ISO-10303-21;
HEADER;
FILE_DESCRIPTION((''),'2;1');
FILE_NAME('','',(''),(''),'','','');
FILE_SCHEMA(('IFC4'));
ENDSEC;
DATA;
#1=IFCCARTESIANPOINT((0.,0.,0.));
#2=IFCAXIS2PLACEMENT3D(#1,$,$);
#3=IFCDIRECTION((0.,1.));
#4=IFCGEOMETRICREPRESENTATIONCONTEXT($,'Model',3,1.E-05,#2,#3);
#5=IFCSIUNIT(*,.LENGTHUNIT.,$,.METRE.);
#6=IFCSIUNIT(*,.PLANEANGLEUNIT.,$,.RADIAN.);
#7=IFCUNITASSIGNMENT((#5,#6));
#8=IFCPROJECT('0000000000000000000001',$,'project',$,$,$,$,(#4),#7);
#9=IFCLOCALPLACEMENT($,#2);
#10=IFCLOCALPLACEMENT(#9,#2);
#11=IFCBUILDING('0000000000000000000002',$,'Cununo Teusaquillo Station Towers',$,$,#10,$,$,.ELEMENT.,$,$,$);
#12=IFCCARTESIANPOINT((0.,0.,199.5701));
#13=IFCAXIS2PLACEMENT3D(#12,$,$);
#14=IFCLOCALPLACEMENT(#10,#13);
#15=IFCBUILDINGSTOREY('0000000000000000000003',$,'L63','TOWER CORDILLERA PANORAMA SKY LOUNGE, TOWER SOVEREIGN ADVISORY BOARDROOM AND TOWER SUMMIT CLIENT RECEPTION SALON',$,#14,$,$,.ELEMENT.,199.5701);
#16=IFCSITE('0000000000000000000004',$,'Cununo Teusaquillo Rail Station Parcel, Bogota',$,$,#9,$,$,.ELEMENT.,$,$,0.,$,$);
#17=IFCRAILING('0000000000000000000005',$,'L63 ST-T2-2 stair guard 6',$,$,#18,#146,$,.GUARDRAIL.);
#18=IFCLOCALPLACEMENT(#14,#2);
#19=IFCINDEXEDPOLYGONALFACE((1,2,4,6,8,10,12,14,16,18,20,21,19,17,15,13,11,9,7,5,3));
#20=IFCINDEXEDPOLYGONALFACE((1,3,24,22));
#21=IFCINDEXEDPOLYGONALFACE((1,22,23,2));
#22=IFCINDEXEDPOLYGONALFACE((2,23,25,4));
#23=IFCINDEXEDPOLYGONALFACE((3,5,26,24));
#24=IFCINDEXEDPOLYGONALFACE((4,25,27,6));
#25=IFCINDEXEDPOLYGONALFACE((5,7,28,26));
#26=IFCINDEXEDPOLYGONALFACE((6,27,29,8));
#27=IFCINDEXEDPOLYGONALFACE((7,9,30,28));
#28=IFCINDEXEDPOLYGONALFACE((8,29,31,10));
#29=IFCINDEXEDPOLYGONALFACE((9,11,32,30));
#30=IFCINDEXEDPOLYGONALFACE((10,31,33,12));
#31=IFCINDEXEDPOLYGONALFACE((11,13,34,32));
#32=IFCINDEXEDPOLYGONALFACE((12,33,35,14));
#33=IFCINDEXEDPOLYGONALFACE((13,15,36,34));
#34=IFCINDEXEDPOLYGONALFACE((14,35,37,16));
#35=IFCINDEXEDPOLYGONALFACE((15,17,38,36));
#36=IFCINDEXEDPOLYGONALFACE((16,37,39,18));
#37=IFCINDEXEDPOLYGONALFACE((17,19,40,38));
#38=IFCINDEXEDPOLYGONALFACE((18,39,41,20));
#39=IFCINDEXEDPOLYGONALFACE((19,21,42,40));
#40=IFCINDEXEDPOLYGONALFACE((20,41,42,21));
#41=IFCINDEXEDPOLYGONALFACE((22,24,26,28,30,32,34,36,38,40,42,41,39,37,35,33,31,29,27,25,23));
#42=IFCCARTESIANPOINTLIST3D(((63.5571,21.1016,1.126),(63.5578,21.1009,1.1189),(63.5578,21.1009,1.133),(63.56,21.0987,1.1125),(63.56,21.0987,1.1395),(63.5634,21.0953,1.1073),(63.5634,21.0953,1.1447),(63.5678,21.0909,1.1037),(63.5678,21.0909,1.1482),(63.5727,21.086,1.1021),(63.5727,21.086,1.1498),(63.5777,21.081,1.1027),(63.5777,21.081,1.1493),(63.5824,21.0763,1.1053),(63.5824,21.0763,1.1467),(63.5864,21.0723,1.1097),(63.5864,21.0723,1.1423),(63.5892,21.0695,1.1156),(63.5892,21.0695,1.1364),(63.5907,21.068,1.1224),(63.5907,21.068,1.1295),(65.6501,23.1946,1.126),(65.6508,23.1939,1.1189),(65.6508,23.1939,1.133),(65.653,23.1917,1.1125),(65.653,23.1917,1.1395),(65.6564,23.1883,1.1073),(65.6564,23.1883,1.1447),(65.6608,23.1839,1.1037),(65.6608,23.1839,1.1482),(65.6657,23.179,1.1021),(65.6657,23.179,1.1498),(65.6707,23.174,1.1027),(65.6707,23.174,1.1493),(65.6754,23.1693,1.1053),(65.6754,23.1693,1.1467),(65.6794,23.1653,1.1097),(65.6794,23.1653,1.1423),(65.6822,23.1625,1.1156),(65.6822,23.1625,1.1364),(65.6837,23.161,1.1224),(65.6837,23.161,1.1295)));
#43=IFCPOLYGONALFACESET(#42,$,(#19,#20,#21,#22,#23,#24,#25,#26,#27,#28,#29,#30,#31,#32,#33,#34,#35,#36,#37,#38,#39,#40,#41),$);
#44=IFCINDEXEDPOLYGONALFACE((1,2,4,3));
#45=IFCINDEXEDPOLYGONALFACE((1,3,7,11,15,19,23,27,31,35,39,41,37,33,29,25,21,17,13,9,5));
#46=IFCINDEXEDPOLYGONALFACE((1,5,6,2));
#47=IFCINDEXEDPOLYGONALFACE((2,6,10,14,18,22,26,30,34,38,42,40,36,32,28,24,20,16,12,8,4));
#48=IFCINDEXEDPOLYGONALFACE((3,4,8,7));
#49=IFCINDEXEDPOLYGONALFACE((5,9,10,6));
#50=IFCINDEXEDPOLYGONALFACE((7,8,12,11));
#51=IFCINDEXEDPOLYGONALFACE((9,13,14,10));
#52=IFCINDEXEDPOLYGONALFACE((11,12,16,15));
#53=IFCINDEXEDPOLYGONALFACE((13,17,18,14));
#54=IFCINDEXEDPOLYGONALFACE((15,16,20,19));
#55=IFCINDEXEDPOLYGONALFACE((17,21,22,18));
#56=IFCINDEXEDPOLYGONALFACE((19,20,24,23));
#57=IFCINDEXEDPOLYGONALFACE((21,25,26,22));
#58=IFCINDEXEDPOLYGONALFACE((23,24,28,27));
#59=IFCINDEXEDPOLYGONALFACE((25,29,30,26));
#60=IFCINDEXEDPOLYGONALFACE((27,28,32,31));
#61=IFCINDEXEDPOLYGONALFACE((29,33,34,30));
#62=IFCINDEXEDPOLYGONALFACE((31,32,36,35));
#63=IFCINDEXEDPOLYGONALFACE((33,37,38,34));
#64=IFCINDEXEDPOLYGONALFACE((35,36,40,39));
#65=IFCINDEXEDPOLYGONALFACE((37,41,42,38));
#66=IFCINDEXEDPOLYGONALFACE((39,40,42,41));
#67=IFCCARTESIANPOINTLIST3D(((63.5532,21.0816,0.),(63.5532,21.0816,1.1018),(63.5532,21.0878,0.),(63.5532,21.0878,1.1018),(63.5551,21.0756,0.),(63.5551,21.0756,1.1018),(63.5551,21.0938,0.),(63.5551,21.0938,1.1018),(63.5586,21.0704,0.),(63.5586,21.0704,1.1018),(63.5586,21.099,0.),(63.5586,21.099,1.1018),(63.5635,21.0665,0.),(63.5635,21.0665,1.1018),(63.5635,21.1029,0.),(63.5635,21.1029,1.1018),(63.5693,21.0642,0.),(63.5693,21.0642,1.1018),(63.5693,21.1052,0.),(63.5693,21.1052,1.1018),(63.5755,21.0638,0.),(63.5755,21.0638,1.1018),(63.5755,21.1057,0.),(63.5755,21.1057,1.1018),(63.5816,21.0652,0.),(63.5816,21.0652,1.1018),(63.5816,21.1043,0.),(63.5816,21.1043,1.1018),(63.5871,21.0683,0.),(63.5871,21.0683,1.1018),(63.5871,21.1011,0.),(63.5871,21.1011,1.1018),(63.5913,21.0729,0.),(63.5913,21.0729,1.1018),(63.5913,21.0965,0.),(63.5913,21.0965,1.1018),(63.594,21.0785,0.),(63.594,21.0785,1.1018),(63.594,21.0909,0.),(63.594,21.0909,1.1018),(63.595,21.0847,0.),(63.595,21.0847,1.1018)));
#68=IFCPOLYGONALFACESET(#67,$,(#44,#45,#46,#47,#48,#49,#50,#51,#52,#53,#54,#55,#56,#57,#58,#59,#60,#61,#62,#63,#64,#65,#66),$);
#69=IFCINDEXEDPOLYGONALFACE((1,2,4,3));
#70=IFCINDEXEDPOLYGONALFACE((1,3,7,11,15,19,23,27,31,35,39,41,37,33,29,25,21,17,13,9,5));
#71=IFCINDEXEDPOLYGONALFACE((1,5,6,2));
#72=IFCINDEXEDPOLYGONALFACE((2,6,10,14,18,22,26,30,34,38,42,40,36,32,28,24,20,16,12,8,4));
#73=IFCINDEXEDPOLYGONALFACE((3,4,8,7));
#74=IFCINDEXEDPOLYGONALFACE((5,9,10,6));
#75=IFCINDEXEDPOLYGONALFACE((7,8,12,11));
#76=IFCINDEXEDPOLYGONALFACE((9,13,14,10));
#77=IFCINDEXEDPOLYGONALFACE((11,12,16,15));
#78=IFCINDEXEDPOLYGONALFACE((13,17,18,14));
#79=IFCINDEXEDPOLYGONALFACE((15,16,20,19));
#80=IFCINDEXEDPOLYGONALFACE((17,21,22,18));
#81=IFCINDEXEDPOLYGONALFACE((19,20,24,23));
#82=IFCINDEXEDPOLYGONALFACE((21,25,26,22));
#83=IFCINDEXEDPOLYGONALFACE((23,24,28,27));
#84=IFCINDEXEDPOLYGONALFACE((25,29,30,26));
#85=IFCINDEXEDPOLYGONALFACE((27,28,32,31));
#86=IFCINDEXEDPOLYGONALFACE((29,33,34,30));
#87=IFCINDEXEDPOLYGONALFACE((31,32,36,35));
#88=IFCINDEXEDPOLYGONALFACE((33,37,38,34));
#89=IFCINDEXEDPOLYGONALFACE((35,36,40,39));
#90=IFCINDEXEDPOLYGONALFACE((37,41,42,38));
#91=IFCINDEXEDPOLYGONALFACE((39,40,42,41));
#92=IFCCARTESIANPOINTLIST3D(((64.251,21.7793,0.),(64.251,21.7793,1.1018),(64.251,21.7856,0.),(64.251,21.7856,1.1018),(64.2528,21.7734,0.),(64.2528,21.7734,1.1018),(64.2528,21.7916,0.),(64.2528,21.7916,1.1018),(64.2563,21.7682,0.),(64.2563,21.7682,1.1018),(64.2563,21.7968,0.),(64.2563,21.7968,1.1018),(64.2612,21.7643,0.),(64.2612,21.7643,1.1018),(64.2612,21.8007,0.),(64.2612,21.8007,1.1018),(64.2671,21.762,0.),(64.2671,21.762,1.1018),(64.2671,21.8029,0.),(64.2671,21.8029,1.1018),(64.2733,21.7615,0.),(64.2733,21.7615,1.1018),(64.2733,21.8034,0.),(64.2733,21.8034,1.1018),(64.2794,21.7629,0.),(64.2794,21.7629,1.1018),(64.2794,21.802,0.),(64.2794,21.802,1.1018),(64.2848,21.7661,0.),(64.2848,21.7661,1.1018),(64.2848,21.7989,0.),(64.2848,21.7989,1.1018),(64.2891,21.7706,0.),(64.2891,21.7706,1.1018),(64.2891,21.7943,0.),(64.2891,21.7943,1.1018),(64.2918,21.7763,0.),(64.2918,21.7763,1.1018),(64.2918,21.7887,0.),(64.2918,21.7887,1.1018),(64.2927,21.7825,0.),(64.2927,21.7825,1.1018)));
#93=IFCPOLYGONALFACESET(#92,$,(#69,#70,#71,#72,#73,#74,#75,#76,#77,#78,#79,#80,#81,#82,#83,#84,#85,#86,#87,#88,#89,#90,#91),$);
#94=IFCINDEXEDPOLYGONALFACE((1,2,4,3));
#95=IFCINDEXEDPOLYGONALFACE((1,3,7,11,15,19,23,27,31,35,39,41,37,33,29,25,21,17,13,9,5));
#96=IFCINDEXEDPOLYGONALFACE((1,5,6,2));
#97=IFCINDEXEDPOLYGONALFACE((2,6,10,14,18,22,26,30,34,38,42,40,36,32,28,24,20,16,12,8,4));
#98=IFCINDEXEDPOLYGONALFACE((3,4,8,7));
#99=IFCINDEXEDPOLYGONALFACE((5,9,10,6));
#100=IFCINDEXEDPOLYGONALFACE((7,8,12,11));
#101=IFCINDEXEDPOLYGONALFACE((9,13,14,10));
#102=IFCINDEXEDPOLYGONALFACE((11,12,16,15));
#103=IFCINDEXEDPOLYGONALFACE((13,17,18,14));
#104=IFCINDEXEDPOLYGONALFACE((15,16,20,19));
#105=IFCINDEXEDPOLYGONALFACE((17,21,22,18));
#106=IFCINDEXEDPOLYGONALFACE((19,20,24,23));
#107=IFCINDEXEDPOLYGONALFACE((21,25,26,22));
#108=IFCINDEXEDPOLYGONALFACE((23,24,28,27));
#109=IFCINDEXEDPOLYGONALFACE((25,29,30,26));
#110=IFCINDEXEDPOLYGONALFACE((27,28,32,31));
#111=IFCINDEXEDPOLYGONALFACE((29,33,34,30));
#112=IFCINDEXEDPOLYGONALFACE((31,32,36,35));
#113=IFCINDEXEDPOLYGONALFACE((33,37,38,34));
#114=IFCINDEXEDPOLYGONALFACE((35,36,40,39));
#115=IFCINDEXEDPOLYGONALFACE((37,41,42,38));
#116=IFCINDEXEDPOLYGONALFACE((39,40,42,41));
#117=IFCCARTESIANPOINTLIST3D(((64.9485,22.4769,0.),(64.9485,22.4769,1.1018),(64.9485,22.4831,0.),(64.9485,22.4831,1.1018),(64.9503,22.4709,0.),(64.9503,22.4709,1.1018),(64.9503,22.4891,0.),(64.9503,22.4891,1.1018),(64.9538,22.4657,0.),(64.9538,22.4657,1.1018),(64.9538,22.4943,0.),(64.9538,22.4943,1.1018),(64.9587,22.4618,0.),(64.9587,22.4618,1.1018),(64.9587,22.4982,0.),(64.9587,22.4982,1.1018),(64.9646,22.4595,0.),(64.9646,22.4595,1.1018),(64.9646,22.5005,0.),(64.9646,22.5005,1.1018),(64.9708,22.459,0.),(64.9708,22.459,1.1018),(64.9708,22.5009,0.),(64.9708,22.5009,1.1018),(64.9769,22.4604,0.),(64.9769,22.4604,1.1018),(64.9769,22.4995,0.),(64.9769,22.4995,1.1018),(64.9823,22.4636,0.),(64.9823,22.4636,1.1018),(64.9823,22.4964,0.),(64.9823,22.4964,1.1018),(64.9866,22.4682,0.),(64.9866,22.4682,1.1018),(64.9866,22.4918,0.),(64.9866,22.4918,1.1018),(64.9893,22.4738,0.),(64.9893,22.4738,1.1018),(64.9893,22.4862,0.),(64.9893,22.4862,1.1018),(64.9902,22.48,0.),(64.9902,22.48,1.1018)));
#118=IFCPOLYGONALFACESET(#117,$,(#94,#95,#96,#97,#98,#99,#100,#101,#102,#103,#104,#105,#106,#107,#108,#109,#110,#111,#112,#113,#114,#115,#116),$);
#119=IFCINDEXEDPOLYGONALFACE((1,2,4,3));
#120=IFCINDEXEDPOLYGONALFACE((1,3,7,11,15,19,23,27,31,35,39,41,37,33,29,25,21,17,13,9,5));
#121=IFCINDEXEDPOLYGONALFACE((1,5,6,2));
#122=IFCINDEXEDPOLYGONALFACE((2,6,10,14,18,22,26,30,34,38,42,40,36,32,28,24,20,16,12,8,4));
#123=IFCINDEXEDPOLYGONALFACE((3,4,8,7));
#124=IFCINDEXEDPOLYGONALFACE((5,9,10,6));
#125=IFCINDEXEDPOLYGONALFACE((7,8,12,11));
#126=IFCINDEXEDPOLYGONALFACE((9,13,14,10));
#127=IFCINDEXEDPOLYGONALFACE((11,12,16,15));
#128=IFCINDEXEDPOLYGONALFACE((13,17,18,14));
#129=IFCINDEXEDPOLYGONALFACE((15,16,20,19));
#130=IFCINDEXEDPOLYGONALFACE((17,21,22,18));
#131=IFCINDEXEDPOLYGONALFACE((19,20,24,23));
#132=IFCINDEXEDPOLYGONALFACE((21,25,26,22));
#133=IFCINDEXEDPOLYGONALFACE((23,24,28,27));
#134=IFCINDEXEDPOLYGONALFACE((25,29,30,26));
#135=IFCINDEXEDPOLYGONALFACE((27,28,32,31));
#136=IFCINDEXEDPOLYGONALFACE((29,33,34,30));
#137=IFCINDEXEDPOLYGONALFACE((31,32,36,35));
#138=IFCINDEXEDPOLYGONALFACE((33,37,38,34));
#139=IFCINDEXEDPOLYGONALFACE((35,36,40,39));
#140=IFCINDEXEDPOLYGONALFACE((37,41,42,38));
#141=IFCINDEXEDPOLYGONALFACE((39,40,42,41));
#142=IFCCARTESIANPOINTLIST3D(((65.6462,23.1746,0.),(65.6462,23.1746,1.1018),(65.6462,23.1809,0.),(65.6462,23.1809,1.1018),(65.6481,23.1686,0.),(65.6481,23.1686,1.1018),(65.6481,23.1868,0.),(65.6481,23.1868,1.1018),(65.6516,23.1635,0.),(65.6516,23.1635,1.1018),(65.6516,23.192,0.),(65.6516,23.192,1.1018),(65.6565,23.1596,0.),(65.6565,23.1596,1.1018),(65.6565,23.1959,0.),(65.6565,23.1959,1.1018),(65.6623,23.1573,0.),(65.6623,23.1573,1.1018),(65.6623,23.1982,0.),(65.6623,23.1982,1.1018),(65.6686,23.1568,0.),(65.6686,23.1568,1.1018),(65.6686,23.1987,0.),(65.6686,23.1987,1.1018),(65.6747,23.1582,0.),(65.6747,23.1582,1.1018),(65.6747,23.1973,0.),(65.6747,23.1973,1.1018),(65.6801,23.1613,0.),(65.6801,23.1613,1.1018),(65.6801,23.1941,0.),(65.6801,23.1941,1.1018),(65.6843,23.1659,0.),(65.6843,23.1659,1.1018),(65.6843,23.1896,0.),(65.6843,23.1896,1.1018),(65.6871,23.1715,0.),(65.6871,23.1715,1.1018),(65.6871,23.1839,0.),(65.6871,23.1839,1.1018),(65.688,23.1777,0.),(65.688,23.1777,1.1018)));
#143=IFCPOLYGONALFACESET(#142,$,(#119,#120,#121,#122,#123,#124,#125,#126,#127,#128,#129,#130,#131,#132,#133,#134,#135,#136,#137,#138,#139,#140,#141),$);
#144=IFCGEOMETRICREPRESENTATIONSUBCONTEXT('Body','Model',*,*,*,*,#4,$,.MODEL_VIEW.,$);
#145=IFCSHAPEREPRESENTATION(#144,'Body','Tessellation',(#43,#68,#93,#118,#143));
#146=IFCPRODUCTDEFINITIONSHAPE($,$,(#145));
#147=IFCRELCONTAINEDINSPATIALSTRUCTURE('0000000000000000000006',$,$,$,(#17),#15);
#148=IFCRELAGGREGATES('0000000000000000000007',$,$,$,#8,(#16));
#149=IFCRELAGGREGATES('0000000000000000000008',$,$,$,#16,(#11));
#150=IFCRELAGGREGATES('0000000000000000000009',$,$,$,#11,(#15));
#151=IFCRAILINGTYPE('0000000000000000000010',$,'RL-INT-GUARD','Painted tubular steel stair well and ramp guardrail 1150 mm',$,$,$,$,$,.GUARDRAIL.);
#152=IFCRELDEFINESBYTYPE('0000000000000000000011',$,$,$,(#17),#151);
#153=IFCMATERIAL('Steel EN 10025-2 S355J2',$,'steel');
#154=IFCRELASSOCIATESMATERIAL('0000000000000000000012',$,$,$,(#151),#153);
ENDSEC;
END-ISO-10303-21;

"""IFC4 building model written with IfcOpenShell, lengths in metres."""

from ifc_helpers import new_model, si_unit, direction, frame, origin, origin_2d, place, context, subcontext, project, spatial, circle, extrude, material, type_object, element, save


model = new_model("IFC4")

# Units and contexts
model_context = context("Model", 3, precision=1e-05, world=origin(), true_north=direction((0.0, 1.0)))
body_context = subcontext(model_context, "Body", "Model", "MODEL_VIEW")
ifc_project = project(units=[si_unit("LENGTHUNIT", "METRE"), si_unit("PLANEANGLEUNIT", "RADIAN")], contexts=[model_context])

# Site, building, storey
site_placement = place(None, origin())
site = spatial("IfcSite", under=ifc_project, at=site_placement, Name="Cununo Teusaquillo Rail Station Parcel, Bogota", CompositionType="ELEMENT", RefElevation=0.0)
building_placement = place(site_placement, origin())
building = spatial("IfcBuilding", under=site, at=building_placement, Name="Cununo Teusaquillo Station Towers", CompositionType="ELEMENT")
storey_placement = place(building_placement, frame((0.0, 0.0, 199.5701)))
storey = spatial("IfcBuildingStorey", under=building, at=storey_placement, Name="L63", Description="TOWER CORDILLERA PANORAMA SKY LOUNGE, TOWER SOVEREIGN ADVISORY BOARDROOM AND TOWER SUMMIT CLIENT RECEPTION SALON", CompositionType="ELEMENT", Elevation=199.5701)

# Railing
ifc_material_1 = material(Name="Steel EN 10025-2 S355J2", Category="steel")
railing_type = type_object("IfcRailingType", Name="RL-INT-GUARD", Description="Painted tubular steel stair well and ramp guardrail 1150 mm", PredefinedType="GUARDRAIL", material=ifc_material_1)
railing_1_placement = place(storey_placement, frame((63.574, 21.0847, 0.0)))
element("IfcRailing", 1, at=railing_1_placement, inside=storey, type_object=railing_type, Name="L63 ST-T2-2 stair guard 6", PredefinedType="GUARDRAIL", context=body_context, shape_type="SweptSolid", body=[
    extrude(circle(Radius=0.0239, at=origin_2d()), frame((0.0, 0.0, 1.126), z_axis=(0.707107, 0.707107, 0.0), x_axis=(-0.707107, 0.707107, 0.0)), (0.0, 0.0, 1.0), 2.96),
    extrude(circle(Radius=0.021, at=origin_2d()), origin(), (0.0, 0.0, 1.0), 1.1018),
    extrude(circle(Radius=0.021, at=origin_2d()), frame((0.6978, 0.6978, 0.0)), (0.0, 0.0, 1.0), 1.1018),
    extrude(circle(Radius=0.021, at=origin_2d()), frame((1.3953, 1.3953, 0.0)), (0.0, 0.0, 1.0), 1.1018),
    extrude(circle(Radius=0.021, at=origin_2d()), frame((2.093, 2.093, 0.0)), (0.0, 0.0, 1.0), 1.1018),
])

save(model, "model.ifc")
